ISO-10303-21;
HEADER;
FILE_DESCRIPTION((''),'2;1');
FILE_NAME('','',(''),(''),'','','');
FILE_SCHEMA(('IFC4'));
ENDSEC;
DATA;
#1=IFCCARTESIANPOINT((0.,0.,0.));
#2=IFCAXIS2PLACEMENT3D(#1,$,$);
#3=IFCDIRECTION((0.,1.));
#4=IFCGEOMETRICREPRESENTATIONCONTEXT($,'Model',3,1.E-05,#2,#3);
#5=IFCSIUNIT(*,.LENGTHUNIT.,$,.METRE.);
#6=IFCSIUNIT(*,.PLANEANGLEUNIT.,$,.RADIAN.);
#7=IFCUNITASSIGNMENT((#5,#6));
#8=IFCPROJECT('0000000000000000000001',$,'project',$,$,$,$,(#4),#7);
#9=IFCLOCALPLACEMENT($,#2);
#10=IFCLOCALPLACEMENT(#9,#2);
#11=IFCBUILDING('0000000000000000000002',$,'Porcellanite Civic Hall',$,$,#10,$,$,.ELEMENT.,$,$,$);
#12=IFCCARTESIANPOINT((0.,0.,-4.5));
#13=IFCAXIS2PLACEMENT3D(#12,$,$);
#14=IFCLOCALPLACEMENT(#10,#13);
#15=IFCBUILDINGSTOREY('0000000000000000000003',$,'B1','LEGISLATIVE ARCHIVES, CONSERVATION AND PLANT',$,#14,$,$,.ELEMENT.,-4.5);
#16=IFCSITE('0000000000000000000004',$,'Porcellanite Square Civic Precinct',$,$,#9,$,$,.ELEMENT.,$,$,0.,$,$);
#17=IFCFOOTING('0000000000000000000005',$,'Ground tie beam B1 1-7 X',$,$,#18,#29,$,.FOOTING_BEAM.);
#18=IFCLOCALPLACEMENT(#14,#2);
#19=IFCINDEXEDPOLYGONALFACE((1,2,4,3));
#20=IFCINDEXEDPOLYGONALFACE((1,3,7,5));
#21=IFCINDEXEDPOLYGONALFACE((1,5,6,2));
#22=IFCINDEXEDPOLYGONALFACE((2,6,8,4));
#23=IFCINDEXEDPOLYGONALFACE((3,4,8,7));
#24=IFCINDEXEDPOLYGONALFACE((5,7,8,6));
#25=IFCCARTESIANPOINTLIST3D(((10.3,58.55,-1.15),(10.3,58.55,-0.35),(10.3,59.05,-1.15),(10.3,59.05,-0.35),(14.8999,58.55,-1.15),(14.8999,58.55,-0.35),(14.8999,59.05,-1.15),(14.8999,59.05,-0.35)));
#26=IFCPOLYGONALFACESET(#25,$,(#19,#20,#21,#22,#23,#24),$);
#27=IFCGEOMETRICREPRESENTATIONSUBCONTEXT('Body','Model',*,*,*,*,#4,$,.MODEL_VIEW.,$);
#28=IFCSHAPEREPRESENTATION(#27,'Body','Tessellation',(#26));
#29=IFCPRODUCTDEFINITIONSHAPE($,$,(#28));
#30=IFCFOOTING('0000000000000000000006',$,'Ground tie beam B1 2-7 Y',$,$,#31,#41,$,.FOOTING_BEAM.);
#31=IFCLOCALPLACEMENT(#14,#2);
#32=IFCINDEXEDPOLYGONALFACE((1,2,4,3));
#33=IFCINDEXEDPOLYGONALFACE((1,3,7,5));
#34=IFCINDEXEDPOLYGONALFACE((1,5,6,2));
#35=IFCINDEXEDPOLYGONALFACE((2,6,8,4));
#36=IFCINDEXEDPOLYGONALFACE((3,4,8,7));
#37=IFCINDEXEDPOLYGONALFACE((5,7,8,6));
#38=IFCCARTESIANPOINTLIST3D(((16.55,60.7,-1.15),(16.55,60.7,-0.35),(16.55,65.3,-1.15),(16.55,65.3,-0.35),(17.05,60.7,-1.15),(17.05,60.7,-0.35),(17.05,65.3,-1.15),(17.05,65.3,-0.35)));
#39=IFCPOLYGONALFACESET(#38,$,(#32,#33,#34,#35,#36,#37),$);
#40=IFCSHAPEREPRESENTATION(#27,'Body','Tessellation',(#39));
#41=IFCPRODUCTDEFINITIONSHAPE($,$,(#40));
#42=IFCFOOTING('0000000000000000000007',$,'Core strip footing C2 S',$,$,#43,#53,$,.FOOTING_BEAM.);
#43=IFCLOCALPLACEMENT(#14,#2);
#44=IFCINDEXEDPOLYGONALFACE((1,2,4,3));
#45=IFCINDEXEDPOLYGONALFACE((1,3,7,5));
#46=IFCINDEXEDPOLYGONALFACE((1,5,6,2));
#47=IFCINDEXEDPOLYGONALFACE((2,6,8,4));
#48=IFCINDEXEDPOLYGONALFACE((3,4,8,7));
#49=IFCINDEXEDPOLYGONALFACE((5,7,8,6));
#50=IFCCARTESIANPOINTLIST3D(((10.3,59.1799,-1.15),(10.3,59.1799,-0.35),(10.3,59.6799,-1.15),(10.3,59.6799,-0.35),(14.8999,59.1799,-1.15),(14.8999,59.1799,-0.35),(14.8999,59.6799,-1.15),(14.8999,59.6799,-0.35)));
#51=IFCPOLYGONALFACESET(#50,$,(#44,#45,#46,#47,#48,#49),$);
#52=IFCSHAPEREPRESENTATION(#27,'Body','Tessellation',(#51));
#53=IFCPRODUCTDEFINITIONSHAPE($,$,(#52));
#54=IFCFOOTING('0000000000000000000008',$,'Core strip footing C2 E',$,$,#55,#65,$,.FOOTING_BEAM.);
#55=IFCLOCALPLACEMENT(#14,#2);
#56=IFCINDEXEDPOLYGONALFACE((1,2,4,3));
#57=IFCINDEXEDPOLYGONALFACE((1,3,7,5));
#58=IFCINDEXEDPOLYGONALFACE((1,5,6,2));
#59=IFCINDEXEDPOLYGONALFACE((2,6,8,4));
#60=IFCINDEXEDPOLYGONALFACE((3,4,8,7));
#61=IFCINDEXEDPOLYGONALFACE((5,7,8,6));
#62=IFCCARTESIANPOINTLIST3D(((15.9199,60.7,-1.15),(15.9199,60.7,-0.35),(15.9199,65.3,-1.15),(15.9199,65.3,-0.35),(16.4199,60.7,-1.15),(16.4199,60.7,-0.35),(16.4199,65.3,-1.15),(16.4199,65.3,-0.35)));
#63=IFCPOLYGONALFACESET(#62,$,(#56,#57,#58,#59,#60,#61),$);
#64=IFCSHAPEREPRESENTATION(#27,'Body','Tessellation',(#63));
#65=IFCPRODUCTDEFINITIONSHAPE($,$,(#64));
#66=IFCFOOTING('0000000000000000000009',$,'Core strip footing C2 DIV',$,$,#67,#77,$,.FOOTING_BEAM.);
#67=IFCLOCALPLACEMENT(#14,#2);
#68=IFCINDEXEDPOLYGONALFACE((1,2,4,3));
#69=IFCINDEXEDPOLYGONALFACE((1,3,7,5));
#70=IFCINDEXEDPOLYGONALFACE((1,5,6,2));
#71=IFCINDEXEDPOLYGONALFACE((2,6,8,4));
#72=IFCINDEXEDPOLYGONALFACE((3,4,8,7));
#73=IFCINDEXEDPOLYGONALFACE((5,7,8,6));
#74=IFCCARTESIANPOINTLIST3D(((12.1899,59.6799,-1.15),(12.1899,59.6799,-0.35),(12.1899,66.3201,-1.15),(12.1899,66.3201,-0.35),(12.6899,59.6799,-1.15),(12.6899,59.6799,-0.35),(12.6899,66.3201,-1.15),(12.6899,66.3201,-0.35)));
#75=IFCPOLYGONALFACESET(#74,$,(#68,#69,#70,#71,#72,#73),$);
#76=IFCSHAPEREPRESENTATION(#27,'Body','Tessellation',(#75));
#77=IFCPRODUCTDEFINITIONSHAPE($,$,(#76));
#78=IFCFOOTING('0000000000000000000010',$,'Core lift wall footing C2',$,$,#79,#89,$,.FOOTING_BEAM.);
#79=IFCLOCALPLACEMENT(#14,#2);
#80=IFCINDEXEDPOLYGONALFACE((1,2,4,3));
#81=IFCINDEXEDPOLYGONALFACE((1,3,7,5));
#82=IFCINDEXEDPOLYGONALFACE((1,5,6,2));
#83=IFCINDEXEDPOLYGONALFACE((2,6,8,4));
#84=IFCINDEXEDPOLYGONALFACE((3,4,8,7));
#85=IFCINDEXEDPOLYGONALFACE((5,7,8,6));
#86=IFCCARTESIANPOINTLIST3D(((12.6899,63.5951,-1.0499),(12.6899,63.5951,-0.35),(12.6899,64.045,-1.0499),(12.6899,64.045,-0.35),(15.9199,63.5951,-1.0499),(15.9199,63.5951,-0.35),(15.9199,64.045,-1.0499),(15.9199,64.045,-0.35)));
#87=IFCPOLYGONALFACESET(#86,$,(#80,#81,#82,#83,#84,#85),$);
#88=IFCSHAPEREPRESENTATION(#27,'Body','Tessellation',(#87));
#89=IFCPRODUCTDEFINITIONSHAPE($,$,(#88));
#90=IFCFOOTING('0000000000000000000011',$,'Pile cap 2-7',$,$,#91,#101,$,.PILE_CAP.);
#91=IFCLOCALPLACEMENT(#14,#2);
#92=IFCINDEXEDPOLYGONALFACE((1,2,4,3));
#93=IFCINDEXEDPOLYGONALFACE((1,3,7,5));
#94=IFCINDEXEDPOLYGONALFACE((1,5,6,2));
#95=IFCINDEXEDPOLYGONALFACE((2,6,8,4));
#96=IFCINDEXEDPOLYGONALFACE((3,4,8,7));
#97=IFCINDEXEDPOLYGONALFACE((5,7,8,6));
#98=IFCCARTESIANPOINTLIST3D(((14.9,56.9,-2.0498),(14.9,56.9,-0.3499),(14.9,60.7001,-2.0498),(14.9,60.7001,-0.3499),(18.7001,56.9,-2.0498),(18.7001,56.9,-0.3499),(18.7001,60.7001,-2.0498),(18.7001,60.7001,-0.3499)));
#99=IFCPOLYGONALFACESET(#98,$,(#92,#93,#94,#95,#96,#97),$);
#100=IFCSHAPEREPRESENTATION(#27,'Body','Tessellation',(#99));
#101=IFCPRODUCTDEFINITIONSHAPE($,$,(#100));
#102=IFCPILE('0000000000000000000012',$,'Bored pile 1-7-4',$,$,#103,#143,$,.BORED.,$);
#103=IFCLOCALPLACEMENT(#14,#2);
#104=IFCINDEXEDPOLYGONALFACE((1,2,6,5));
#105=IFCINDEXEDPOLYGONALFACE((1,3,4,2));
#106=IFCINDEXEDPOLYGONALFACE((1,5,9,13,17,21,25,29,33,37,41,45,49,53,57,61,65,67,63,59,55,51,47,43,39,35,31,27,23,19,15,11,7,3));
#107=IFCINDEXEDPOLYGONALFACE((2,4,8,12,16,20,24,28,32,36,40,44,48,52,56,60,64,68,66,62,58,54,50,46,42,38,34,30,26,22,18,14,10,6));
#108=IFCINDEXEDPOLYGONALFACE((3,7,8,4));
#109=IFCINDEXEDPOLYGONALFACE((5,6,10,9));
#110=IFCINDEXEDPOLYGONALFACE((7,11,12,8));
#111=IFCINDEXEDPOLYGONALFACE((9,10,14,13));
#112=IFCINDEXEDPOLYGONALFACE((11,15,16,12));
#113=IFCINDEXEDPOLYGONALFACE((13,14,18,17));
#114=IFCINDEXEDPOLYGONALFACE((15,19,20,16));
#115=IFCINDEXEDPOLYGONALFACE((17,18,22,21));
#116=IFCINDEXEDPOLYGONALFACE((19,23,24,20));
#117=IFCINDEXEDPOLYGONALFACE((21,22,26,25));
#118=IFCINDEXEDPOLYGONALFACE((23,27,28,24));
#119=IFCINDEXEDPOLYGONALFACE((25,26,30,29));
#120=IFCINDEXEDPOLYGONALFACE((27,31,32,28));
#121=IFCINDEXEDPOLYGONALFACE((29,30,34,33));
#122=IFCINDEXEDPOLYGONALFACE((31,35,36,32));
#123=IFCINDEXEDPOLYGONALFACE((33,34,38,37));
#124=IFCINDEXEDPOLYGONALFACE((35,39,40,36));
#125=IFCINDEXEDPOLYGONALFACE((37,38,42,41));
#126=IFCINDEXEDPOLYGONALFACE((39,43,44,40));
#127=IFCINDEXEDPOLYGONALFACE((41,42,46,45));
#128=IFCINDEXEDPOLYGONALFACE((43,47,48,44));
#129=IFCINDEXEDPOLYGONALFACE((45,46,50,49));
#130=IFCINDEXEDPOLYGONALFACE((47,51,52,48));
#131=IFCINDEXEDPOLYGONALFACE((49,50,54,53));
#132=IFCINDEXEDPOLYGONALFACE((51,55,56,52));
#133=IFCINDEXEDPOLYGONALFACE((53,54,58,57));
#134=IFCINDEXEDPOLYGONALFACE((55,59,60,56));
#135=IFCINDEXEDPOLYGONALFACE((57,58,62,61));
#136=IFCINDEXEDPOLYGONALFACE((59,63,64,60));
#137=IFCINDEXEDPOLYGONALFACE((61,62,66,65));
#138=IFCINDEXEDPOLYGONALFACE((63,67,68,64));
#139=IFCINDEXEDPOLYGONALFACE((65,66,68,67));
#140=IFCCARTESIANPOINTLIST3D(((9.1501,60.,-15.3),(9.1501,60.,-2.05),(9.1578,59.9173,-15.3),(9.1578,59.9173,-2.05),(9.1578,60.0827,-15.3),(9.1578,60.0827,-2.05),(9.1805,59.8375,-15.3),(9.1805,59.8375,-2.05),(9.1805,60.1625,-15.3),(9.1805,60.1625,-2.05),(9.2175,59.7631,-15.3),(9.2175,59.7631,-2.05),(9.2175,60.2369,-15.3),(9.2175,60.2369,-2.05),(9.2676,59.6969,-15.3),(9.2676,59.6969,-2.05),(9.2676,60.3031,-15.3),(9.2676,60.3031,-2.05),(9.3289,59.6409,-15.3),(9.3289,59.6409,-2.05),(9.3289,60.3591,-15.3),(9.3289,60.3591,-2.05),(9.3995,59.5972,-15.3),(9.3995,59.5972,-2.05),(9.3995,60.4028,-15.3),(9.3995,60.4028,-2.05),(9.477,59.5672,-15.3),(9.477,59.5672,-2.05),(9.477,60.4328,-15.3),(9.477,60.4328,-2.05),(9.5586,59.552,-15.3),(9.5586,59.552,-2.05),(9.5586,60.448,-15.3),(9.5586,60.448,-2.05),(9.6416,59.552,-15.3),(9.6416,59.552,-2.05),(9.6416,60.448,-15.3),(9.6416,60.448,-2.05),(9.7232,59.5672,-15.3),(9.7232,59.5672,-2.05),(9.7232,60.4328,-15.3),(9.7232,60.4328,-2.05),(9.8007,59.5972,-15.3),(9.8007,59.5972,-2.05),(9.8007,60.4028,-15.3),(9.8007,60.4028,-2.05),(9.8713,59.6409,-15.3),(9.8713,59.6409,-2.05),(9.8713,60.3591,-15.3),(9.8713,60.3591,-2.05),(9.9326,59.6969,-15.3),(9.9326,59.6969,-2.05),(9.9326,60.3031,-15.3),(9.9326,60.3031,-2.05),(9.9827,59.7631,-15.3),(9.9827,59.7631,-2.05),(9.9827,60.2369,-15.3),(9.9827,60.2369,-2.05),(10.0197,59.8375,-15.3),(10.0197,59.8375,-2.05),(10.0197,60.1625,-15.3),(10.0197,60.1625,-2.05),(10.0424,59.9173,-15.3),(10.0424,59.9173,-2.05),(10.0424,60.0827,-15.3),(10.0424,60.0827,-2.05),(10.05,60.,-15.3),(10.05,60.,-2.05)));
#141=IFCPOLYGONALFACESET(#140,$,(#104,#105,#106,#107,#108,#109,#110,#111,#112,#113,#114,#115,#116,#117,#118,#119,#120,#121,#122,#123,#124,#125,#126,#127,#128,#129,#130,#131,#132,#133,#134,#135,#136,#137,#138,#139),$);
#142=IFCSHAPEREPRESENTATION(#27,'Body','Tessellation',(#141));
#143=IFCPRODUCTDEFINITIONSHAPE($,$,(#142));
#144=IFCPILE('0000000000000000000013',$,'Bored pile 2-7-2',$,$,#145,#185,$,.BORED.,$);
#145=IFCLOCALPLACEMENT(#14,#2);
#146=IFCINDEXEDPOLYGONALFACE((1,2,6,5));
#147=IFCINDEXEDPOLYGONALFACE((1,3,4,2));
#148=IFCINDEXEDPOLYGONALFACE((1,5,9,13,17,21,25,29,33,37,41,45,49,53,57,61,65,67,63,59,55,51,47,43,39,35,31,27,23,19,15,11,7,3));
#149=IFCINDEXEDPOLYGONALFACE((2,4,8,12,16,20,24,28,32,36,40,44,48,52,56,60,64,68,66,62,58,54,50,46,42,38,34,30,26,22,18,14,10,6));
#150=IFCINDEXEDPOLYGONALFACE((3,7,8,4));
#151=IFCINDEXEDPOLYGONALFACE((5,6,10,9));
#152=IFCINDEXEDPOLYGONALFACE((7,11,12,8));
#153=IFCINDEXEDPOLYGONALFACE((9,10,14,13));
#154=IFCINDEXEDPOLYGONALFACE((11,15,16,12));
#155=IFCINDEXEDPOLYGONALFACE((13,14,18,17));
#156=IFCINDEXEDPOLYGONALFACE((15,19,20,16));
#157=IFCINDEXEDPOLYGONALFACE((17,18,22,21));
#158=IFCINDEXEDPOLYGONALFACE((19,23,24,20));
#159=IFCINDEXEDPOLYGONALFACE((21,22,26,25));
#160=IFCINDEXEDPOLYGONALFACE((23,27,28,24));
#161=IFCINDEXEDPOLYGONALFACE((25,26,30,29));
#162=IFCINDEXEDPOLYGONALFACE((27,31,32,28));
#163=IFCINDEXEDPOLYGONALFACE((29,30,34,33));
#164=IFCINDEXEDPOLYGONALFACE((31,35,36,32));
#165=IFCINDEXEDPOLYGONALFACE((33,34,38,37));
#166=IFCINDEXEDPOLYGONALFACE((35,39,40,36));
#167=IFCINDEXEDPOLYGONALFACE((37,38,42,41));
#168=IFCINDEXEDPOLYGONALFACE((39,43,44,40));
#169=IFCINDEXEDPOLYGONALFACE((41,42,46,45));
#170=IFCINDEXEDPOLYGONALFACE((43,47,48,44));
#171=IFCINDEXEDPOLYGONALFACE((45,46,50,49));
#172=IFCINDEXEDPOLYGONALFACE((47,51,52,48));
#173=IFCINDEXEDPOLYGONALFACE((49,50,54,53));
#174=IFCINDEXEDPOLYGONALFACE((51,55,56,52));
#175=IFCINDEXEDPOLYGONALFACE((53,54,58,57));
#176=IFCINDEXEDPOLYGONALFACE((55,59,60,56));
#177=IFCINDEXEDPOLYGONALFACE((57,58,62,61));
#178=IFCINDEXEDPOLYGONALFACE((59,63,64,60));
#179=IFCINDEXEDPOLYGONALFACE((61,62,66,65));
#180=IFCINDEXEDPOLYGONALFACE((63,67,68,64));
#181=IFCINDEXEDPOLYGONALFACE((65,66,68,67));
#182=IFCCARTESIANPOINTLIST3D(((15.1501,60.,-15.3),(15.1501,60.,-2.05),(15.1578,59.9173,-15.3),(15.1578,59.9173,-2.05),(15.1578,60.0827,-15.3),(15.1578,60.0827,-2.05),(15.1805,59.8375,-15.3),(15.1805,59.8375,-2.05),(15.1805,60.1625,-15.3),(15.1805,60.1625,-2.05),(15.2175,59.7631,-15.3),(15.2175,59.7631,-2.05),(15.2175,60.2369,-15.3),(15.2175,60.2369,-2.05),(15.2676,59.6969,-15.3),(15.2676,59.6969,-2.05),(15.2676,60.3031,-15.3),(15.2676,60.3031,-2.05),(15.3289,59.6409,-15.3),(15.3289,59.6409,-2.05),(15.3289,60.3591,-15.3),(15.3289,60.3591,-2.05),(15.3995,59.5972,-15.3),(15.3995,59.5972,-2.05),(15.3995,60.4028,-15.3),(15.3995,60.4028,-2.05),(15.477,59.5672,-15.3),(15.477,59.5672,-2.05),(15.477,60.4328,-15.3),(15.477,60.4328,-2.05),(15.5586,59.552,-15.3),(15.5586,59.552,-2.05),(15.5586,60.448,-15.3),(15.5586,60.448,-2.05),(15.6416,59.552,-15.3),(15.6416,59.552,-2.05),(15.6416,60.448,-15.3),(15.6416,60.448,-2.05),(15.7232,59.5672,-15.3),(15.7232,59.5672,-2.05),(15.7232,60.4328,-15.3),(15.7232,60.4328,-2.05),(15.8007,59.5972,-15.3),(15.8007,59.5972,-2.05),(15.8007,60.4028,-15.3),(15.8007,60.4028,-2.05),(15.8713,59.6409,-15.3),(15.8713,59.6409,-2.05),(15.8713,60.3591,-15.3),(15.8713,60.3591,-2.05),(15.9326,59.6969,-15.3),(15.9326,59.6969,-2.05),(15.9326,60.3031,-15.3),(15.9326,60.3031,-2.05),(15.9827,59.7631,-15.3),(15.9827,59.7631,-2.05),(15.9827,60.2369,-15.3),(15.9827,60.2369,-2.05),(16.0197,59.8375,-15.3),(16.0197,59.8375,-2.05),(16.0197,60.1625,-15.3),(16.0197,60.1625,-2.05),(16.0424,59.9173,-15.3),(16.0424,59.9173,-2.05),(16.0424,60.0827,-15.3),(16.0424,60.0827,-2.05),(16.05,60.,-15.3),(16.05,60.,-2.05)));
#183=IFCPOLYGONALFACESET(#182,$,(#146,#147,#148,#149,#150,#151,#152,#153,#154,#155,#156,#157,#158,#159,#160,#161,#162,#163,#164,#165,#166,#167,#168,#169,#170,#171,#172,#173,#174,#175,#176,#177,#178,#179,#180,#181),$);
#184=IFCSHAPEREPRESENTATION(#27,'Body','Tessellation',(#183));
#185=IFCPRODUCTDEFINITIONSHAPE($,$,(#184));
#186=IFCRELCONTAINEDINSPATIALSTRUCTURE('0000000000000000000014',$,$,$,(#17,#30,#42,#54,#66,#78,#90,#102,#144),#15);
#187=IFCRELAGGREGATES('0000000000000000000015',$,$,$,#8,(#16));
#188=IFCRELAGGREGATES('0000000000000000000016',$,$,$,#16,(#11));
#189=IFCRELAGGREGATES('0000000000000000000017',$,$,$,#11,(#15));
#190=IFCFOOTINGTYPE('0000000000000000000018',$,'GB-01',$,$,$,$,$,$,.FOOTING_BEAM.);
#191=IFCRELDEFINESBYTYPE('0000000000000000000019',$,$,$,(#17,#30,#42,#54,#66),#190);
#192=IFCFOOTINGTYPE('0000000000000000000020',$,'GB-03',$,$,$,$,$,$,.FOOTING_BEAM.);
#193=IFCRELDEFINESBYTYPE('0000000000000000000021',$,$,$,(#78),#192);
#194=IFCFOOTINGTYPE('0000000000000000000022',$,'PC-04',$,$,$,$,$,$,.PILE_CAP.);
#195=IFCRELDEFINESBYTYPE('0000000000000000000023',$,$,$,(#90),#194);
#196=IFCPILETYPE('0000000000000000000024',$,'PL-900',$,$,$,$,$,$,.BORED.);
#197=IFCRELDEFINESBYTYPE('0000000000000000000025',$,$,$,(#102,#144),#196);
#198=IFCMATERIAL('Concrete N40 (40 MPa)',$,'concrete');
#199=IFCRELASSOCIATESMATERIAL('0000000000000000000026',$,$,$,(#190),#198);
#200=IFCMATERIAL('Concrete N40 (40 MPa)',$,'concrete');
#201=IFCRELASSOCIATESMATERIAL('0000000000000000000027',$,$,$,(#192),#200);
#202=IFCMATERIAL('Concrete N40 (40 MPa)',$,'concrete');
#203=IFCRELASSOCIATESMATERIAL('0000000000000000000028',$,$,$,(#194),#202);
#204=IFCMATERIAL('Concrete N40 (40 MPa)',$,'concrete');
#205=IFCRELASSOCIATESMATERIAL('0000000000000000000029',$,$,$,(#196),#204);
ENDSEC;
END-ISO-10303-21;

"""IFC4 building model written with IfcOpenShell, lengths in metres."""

from ifc_helpers import new_model, si_unit, direction, frame, origin, origin_2d, place, context, subcontext, project, spatial, rectangle, circle, extrude, material, material_profile, profile_set, type_object, element, save


model = new_model("IFC4")

# Units and contexts
model_context = context("Model", 3, precision=1e-05, world=origin(), true_north=direction((0.0, 1.0)))
body_context = subcontext(model_context, "Body", "Model", "MODEL_VIEW")
ifc_project = project(units=[si_unit("LENGTHUNIT", "METRE"), si_unit("PLANEANGLEUNIT", "RADIAN")], contexts=[model_context])

# Site, building, storey
site_placement = place(None, origin())
site = spatial("IfcSite", under=ifc_project, at=site_placement, Name="Porcellanite Square Civic Precinct", CompositionType="ELEMENT", RefElevation=0.0)
building_placement = place(site_placement, origin())
building = spatial("IfcBuilding", under=site, at=building_placement, Name="Porcellanite Civic Hall", CompositionType="ELEMENT")
storey_placement = place(building_placement, frame((0.0, 0.0, -4.5)))
storey = spatial("IfcBuildingStorey", under=building, at=storey_placement, Name="B1", Description="LEGISLATIVE ARCHIVES, CONSERVATION AND PLANT", CompositionType="ELEMENT", Elevation=-4.5)

# Footings
ifc_material_1 = material(Name="Concrete N40 (40 MPa)", Category="concrete")
ifc_material_profile_1 = material_profile(ifc_material_1, rectangle(XDim=0.5, YDim=0.8, at=origin_2d()), Name="RC-500x800")
ifc_profile_set_1 = profile_set([ifc_material_profile_1], Name="Concrete N40 (40 MPa)")
footing_type_1 = type_object("IfcFootingType", Name="GB-01", PredefinedType="FOOTING_BEAM", material=ifc_profile_set_1)
footing_1_placement = place(storey_placement, frame((10.3, 58.8, -0.75), z_axis=(1.0, 0.0, 0.0), x_axis=(0.0, 1.0, 0.0)))
element("IfcFooting", 1, at=footing_1_placement, inside=storey, type_object=footing_type_1, Name="Ground tie beam B1 1-7 X", PredefinedType="FOOTING_BEAM", context=body_context, shape_type="SweptSolid", body=[
    extrude(rectangle(XDim=0.5, YDim=0.8, at=origin_2d()), origin(), (0.0, 0.0, 1.0), 4.5999),
])
footing_2_placement = place(storey_placement, frame((16.8, 60.7, -0.75), z_axis=(0.0, 1.0, 0.0), x_axis=(-1.0, 0.0, 0.0)))
element("IfcFooting", 2, at=footing_2_placement, inside=storey, type_object=footing_type_1, Name="Ground tie beam B1 2-7 Y", PredefinedType="FOOTING_BEAM", context=body_context, shape_type="SweptSolid", body=[
    extrude(rectangle(XDim=0.5, YDim=0.8, at=origin_2d()), origin(), (0.0, 0.0, 1.0), 4.6001),
])
footing_3_placement = place(storey_placement, frame((10.3, 59.4299, -0.75), z_axis=(1.0, 0.0, 0.0), x_axis=(0.0, 1.0, 0.0)))
element("IfcFooting", 3, at=footing_3_placement, inside=storey, type_object=footing_type_1, Name="Core strip footing C2 S", PredefinedType="FOOTING_BEAM", context=body_context, shape_type="SweptSolid", body=[
    extrude(rectangle(XDim=0.5, YDim=0.8, at=origin_2d()), origin(), (0.0, 0.0, 1.0), 4.5999),
])
footing_4_placement = place(storey_placement, frame((16.1699, 60.7, -0.75), z_axis=(0.0, 1.0, 0.0), x_axis=(-1.0, 0.0, 0.0)))
element("IfcFooting", 4, at=footing_4_placement, inside=storey, type_object=footing_type_1, Name="Core strip footing C2 E", PredefinedType="FOOTING_BEAM", context=body_context, shape_type="SweptSolid", body=[
    extrude(rectangle(XDim=0.5, YDim=0.8, at=origin_2d()), origin(), (0.0, 0.0, 1.0), 4.6001),
])
footing_5_placement = place(storey_placement, frame((12.4399, 59.6799, -0.75), z_axis=(0.0, 1.0, 0.0), x_axis=(-1.0, 0.0, 0.0)))
element("IfcFooting", 5, at=footing_5_placement, inside=storey, type_object=footing_type_1, Name="Core strip footing C2 DIV", PredefinedType="FOOTING_BEAM", context=body_context, shape_type="SweptSolid", body=[
    extrude(rectangle(XDim=0.5, YDim=0.8, at=origin_2d()), origin(), (0.0, 0.0, 1.0), 6.6401),
])
ifc_material_2 = material(Name="Concrete N40 (40 MPa)", Category="concrete")
ifc_material_profile_2 = material_profile(ifc_material_2, rectangle(XDim=0.45, YDim=0.7, at=origin_2d()), Name="RC-450x700")
ifc_profile_set_2 = profile_set([ifc_material_profile_2], Name="Concrete N40 (40 MPa)")
footing_type_2 = type_object("IfcFootingType", Name="GB-03", PredefinedType="FOOTING_BEAM", material=ifc_profile_set_2)
footing_6_placement = place(storey_placement, frame((12.6899, 63.8201, -0.7), z_axis=(1.0, 0.0, 0.0), x_axis=(0.0, 1.0, 0.0)))
element("IfcFooting", 6, at=footing_6_placement, inside=storey, type_object=footing_type_2, Name="Core lift wall footing C2", PredefinedType="FOOTING_BEAM", context=body_context, shape_type="SweptSolid", body=[
    extrude(rectangle(XDim=0.45, YDim=0.7, at=origin_2d()), origin(), (0.0, 0.0, 1.0), 3.23),
])
ifc_material_3 = material(Name="Concrete N40 (40 MPa)", Category="concrete")
footing_type_3 = type_object("IfcFootingType", Name="PC-04", PredefinedType="PILE_CAP", material=ifc_material_3)
footing_7_placement = place(storey_placement, frame((16.8, 58.8, -2.0498), z_axis=(0.0, 0.0, 1.0), x_axis=(1.0, 0.0, 0.0)))
element("IfcFooting", 7, at=footing_7_placement, inside=storey, type_object=footing_type_3, Name="Pile cap 2-7", PredefinedType="PILE_CAP", context=body_context, shape_type="SweptSolid", body=[
    extrude(rectangle(XDim=3.8, YDim=3.8, at=origin_2d()), origin(), (0.0, 0.0, 1.0), 1.7),
])

# Piles
ifc_material_4 = material(Name="Concrete N40 (40 MPa)", Category="concrete")
ifc_material_profile_3 = material_profile(ifc_material_4, circle(Radius=0.45, at=origin_2d()), Name="PILE-D900")
ifc_profile_set_3 = profile_set([ifc_material_profile_3], Name="Concrete N40 (40 MPa)")
pile_type = type_object("IfcPileType", Name="PL-900", PredefinedType="BORED", material=ifc_profile_set_3)
for number, where, z_axis, x_axis, name in (
    (8, (9.6001, 60.0, -2.05), (0.0, 0.0, -1.0), (1.0, 0.0, 0.0), "Bored pile 1-7-4"),
    (9, (15.6001, 60.0, -2.05), (0.0, 0.0, -1.0), (1.0, 0.0, 0.0), "Bored pile 2-7-2"),
):
    element("IfcPile", number, at=place(storey_placement, frame(where, z_axis=z_axis, x_axis=x_axis)), inside=storey, type_object=pile_type, Name=name, PredefinedType="BORED", context=body_context, shape_type="SweptSolid", body=[
        extrude(circle(Radius=0.45, at=origin_2d()), origin(), (0.0, 0.0, 1.0), 13.25),
    ])

save(model, "model.ifc")
